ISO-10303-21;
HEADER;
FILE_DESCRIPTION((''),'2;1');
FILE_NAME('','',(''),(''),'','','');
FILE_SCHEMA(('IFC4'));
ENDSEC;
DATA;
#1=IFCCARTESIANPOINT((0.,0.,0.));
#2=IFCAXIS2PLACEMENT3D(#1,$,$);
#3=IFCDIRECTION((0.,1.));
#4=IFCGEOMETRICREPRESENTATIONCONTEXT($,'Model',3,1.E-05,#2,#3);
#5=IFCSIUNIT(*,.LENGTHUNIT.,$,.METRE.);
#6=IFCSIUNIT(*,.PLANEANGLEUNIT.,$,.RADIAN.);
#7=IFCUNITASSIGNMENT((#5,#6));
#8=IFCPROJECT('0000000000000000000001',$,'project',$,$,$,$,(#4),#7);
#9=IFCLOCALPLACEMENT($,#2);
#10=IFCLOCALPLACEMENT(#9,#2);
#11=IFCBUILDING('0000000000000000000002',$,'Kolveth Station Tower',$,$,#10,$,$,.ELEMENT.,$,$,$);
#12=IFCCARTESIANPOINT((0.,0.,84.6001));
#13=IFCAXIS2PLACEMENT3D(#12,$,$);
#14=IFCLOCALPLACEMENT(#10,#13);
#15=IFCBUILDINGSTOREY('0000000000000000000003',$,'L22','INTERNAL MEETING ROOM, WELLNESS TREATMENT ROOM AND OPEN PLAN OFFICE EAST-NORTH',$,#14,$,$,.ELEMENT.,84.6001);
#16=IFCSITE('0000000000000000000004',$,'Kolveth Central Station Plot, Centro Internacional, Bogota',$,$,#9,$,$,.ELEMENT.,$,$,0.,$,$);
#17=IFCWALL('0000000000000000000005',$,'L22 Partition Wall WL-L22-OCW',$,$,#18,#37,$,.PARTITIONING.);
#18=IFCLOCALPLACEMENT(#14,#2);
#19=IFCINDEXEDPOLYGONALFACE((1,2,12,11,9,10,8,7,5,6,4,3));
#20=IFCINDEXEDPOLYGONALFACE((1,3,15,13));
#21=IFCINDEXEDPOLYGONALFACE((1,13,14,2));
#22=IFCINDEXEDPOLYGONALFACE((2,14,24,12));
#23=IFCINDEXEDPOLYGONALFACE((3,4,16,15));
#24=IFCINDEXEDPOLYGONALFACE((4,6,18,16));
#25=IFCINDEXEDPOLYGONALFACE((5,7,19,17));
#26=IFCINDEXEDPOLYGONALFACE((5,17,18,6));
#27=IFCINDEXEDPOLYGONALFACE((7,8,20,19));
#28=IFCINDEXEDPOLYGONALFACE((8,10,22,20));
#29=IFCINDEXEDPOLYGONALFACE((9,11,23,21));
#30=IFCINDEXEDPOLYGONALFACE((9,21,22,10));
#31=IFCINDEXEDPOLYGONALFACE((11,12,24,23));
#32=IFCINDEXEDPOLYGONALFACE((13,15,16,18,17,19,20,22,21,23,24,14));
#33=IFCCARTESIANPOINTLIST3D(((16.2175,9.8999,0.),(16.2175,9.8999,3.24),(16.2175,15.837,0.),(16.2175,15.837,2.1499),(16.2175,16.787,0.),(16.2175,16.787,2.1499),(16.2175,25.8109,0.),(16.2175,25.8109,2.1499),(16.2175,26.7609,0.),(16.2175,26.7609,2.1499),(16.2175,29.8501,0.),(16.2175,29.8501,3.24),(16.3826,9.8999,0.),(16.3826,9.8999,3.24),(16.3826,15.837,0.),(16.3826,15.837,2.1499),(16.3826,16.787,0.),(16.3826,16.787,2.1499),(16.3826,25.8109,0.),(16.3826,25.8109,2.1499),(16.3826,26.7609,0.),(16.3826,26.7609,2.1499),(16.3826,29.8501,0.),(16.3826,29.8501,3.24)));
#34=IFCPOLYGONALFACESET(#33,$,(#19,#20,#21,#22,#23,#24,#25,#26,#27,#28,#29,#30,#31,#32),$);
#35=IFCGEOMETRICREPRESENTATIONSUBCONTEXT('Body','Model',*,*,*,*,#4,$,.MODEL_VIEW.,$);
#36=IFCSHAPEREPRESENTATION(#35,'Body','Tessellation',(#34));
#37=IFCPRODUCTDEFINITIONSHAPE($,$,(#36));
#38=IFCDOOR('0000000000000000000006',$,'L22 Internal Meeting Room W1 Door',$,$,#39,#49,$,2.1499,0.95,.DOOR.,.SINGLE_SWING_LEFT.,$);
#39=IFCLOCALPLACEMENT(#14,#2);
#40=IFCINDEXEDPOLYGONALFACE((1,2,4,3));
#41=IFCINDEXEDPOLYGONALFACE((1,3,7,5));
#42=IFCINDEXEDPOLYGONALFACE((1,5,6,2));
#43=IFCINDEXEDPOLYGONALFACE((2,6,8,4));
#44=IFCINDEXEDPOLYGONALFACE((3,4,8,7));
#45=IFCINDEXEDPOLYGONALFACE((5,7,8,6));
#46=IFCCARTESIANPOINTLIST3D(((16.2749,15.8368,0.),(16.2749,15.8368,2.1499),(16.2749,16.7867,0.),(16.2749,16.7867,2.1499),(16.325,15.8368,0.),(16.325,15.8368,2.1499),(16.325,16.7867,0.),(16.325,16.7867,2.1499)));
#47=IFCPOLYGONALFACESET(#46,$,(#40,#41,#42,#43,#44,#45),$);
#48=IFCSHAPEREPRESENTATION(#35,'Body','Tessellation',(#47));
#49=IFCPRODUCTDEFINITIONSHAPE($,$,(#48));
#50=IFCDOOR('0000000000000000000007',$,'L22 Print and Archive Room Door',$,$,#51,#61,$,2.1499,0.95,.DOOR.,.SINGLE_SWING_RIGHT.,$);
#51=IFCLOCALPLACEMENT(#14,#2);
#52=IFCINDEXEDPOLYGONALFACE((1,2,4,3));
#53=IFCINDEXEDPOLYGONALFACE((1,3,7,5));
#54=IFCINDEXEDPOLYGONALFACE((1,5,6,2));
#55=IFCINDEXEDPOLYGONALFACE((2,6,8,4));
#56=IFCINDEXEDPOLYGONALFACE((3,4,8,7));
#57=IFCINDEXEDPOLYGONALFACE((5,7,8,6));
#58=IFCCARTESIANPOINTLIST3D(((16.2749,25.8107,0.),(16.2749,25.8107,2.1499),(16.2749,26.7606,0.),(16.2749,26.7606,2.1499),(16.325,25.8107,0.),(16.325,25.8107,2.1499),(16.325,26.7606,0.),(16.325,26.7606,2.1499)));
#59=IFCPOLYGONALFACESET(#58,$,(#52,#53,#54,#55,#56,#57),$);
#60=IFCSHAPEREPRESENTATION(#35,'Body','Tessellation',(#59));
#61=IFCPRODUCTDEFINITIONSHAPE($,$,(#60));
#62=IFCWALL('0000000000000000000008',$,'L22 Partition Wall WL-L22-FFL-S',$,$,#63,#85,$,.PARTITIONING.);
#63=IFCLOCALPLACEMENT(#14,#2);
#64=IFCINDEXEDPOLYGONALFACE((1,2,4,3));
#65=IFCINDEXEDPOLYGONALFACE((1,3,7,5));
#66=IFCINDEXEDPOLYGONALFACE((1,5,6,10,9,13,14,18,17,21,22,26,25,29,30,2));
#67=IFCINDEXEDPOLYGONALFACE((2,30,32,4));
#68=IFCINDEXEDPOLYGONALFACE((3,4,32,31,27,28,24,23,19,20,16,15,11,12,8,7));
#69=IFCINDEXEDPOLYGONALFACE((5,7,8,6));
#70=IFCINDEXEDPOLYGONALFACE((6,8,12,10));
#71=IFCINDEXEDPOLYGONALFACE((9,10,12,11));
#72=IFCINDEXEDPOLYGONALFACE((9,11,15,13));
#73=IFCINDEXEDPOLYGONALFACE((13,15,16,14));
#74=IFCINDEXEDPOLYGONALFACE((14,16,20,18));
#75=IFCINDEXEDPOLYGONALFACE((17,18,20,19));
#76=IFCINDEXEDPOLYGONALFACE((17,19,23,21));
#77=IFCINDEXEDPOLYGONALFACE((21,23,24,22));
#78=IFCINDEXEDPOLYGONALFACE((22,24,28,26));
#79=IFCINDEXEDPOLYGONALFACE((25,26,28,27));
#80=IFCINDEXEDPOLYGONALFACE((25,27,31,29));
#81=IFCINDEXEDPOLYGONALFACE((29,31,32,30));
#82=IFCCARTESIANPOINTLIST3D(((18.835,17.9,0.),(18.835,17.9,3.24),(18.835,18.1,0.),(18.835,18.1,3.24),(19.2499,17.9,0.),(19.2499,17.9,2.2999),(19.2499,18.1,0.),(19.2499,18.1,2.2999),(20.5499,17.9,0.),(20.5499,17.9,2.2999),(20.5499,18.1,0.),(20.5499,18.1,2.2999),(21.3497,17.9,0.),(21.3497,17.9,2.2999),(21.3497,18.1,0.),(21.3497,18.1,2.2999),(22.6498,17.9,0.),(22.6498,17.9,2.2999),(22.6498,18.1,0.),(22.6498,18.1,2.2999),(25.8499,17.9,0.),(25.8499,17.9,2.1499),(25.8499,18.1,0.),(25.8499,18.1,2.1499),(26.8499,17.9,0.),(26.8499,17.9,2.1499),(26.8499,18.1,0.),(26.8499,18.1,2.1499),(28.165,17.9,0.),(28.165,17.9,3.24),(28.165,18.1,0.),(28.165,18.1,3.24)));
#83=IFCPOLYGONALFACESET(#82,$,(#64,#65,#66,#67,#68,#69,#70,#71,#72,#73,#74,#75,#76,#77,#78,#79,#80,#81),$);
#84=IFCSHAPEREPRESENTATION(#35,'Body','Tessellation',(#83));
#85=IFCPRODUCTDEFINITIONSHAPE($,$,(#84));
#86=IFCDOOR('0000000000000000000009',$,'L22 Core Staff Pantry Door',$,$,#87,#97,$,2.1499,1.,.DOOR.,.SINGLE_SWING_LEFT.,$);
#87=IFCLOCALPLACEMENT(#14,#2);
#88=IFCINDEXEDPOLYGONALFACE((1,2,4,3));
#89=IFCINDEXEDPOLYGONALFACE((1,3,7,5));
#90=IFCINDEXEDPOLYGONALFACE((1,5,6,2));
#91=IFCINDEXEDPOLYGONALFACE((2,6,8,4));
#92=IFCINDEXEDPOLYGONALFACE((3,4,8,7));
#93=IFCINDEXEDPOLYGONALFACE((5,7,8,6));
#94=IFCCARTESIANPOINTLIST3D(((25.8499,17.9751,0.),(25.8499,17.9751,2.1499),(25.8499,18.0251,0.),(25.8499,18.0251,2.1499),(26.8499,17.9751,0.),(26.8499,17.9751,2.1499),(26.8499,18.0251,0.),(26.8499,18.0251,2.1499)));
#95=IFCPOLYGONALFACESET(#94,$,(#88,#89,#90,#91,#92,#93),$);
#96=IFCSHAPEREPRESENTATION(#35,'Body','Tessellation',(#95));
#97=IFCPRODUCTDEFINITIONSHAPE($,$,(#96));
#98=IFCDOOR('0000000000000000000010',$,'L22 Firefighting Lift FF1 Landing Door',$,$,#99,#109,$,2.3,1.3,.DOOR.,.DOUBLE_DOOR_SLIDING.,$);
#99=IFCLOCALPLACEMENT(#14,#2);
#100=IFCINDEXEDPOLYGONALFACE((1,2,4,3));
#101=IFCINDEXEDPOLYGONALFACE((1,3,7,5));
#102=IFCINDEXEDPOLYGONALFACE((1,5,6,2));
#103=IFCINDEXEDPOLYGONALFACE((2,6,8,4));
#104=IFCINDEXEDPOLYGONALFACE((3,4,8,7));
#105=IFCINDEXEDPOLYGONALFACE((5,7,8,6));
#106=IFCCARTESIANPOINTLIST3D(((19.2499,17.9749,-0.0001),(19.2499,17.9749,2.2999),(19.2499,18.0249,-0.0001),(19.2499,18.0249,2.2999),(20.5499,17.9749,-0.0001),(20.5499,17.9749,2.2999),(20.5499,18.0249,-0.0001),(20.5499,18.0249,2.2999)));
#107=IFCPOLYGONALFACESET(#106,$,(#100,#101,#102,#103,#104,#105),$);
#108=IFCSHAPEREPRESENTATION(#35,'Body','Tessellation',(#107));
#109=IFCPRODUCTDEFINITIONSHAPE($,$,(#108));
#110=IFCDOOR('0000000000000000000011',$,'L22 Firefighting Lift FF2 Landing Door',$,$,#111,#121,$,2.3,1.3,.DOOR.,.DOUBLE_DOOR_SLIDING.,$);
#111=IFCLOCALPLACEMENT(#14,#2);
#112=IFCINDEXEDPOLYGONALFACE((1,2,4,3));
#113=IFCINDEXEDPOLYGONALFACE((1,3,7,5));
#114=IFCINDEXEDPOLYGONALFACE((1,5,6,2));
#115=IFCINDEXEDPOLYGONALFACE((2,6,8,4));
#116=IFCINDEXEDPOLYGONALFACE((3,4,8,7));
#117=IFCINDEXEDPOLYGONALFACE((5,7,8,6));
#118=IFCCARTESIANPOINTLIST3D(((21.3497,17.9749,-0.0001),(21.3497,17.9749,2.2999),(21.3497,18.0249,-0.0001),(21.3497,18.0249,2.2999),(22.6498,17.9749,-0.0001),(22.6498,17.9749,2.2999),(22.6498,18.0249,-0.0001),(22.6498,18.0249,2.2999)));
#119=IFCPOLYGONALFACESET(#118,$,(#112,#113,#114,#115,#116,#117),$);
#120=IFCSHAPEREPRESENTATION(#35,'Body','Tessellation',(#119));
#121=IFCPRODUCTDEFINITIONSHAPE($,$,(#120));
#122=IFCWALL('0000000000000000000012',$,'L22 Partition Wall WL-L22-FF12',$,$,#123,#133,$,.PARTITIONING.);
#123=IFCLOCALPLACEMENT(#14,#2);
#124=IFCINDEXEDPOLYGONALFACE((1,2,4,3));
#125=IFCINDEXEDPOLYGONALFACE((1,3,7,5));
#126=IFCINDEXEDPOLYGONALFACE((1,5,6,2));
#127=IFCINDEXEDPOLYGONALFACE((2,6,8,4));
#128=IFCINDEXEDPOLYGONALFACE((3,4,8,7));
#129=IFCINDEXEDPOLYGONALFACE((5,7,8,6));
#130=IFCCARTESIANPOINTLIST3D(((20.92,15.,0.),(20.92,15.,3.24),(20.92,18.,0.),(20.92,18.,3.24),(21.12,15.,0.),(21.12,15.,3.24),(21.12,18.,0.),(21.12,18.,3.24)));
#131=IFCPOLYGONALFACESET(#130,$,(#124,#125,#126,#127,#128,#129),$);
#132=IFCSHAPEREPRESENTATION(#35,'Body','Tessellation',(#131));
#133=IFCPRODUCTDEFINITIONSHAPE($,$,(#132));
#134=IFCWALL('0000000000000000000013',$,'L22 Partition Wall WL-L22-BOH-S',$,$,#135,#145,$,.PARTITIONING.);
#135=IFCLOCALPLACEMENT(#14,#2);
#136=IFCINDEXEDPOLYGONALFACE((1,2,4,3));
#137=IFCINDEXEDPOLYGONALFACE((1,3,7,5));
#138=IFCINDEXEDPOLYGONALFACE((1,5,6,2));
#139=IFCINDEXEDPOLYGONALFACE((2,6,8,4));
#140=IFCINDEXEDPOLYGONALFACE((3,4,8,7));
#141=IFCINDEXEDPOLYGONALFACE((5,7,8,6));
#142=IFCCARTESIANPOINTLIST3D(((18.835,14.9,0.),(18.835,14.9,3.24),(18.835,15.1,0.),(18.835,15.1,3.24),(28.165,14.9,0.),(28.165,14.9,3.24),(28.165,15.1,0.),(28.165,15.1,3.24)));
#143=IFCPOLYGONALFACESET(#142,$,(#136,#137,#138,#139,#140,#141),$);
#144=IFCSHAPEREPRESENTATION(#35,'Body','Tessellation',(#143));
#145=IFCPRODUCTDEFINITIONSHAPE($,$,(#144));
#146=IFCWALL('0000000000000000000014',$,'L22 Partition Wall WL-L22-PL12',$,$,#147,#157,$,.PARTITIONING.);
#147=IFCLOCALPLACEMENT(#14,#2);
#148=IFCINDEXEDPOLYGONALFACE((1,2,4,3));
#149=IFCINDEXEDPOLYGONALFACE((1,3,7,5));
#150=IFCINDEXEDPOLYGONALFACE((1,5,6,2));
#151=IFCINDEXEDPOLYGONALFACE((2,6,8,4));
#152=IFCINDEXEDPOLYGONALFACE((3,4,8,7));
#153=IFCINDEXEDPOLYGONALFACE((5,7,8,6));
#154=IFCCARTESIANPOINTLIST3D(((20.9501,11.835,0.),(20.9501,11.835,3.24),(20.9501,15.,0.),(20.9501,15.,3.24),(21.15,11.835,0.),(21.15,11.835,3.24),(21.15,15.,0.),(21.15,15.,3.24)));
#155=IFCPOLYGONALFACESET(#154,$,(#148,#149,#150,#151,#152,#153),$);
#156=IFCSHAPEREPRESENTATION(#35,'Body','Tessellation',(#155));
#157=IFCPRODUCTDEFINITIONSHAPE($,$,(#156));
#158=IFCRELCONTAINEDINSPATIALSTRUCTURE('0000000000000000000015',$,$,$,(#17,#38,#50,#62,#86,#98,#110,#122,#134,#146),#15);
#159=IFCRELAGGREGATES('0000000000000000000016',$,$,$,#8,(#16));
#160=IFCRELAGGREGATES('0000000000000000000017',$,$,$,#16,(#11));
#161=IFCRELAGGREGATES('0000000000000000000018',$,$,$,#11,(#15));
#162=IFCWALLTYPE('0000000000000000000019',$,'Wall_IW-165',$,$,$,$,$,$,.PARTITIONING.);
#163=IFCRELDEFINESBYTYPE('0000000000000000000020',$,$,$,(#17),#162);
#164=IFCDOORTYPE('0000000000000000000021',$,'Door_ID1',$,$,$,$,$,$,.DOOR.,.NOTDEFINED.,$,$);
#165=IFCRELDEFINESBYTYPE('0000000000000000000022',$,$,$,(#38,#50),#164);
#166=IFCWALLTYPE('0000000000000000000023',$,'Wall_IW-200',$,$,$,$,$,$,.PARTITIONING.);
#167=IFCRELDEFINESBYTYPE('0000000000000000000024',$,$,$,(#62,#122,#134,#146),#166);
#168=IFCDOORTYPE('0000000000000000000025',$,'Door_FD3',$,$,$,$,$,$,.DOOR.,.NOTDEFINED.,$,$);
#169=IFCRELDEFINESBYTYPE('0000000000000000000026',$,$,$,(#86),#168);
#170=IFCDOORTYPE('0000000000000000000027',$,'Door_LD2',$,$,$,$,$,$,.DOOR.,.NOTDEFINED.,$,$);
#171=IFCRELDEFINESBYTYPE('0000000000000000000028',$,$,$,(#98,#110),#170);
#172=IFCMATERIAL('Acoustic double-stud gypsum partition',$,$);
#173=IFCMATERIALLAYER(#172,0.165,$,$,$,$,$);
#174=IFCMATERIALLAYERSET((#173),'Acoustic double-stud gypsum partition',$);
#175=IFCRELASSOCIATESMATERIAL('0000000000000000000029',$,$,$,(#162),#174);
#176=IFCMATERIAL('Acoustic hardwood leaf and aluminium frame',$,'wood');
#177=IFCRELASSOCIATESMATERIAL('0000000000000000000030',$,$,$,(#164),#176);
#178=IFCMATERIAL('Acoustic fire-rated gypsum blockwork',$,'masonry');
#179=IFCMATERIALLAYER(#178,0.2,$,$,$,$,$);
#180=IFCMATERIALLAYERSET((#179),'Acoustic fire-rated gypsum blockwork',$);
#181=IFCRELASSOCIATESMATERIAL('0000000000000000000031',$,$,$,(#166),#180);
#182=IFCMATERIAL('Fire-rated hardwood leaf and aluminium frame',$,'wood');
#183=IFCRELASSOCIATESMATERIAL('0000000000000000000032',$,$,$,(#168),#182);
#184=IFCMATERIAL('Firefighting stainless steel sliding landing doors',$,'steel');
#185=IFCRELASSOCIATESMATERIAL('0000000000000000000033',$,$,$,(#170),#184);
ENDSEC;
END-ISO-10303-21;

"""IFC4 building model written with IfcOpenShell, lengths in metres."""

from ifc_helpers import new_model, si_unit, direction, frame, frame_2d, origin, place, context, subcontext, project, spatial, rectangle, extrude, material, layer, layer_set, type_object, element, fill, save


model = new_model("IFC4")

# Units and contexts
model_context = context("Model", 3, precision=1e-05, world=origin(), true_north=direction((0.0, 1.0)))
body_context = subcontext(model_context, "Body", "Model", "MODEL_VIEW")
ifc_project = project(units=[si_unit("LENGTHUNIT", "METRE"), si_unit("PLANEANGLEUNIT", "RADIAN")], contexts=[model_context])

# Site, building, storey
site_placement = place(None, origin())
site = spatial("IfcSite", under=ifc_project, at=site_placement, Name="Kolveth Central Station Plot, Centro Internacional, Bogota", CompositionType="ELEMENT", RefElevation=0.0)
building_placement = place(site_placement, origin())
building = spatial("IfcBuilding", under=site, at=building_placement, Name="Kolveth Station Tower", CompositionType="ELEMENT")
storey_placement = place(building_placement, frame((0.0, 0.0, 84.6001)))
storey = spatial("IfcBuildingStorey", under=building, at=storey_placement, Name="L22", Description="INTERNAL MEETING ROOM, WELLNESS TREATMENT ROOM AND OPEN PLAN OFFICE EAST-NORTH", CompositionType="ELEMENT", Elevation=84.6001)

# Walls, openings, doors
ifc_material_1 = material(Name="Acoustic double-stud gypsum partition")
ifc_layer_1 = layer(ifc_material_1, 0.165)
ifc_layer_set_1 = layer_set([ifc_layer_1], Name="Acoustic double-stud gypsum partition")
wall_type_1 = type_object("IfcWallType", Name="Wall_IW-165", PredefinedType="PARTITIONING", material=ifc_layer_set_1)
wall_1_placement = place(storey_placement, frame((16.3, 9.8999, 0.0), z_axis=(0.0, 0.0, 1.0), x_axis=(0.0, 1.0, 0.0)))
wall_1 = element("IfcWall", 1, at=wall_1_placement, inside=storey, type_object=wall_type_1, Name="L22 Partition Wall WL-L22-OCW", PredefinedType="PARTITIONING", context=body_context, shape_type="SweptSolid", body=[
    extrude(rectangle(XDim=19.9502, YDim=0.165, at=frame_2d((9.9751, 0.0))), origin(), (0.0, 0.0, 1.0), 3.24),
])
opening_1_placement = place(wall_1_placement, frame((5.937, 0.0, 0.0)))
opening_1 = element("IfcOpeningElement", 2, at=opening_1_placement, cuts=wall_1, PredefinedType="OPENING", context=body_context, shape_type="SweptSolid", body=[
    extrude(rectangle(XDim=0.95, YDim=2.1499, at=frame_2d((0.4751, 1.075))), frame((0.0, 0.0925, 0.0), z_axis=(0.0, -1.0, 0.0), x_axis=(1.0, 0.0, 0.0)), (0.0, 0.0, 1.0), 0.1851),
])
opening_2_placement = place(wall_1_placement, frame((15.9109, 0.0, 0.0)))
opening_2 = element("IfcOpeningElement", 3, at=opening_2_placement, cuts=wall_1, PredefinedType="OPENING", context=body_context, shape_type="SweptSolid", body=[
    extrude(rectangle(XDim=0.95, YDim=2.1499, at=frame_2d((0.4751, 1.075))), frame((0.0, 0.0925, 0.0), z_axis=(0.0, -1.0, 0.0), x_axis=(1.0, 0.0, 0.0)), (0.0, 0.0, 1.0), 0.1851),
])
ifc_material_2 = material(Name="Acoustic hardwood leaf and aluminium frame", Category="wood")
door_type_1 = type_object("IfcDoorType", Name="Door_ID1", OperationType="NOTDEFINED", PredefinedType="DOOR", material=ifc_material_2)
door_1_placement = place(opening_1_placement, frame((0.95, 0.0, 0.0), z_axis=(0.0, 0.0, 1.0), x_axis=(-1.0, 0.0, 0.0)))
door_1 = element("IfcDoor", 4, at=door_1_placement, inside=storey, type_object=door_type_1, Name="L22 Internal Meeting Room W1 Door", OperationType="SINGLE_SWING_LEFT", OverallHeight=2.1499, OverallWidth=0.95, PredefinedType="DOOR", context=body_context, shape_type="SweptSolid", body=[
    extrude(rectangle(XDim=0.95, YDim=2.1499, at=frame_2d((0.4751, 1.075))), frame((0.0, 0.0249, 0.0), z_axis=(0.0, -1.0, 0.0), x_axis=(1.0, 0.0, 0.0)), (0.0, 0.0, 1.0), 0.05),
])
fill(opening_1, door_1)
door_2_placement = place(opening_2_placement, frame((0.95, 0.0, 0.0), z_axis=(0.0, 0.0, 1.0), x_axis=(-1.0, 0.0, 0.0)))
door_2 = element("IfcDoor", 5, at=door_2_placement, inside=storey, type_object=door_type_1, Name="L22 Print and Archive Room Door", OperationType="SINGLE_SWING_RIGHT", OverallHeight=2.1499, OverallWidth=0.95, PredefinedType="DOOR", context=body_context, shape_type="SweptSolid", body=[
    extrude(rectangle(XDim=0.95, YDim=2.1499, at=frame_2d((0.4751, 1.075))), frame((0.0, 0.0249, 0.0), z_axis=(0.0, -1.0, 0.0), x_axis=(1.0, 0.0, 0.0)), (0.0, 0.0, 1.0), 0.05),
])
fill(opening_2, door_2)
ifc_material_3 = material(Name="Acoustic fire-rated gypsum blockwork", Category="masonry")
ifc_layer_2 = layer(ifc_material_3, 0.2)
ifc_layer_set_2 = layer_set([ifc_layer_2], Name="Acoustic fire-rated gypsum blockwork")
wall_type_2 = type_object("IfcWallType", Name="Wall_IW-200", PredefinedType="PARTITIONING", material=ifc_layer_set_2)
wall_2_placement = place(storey_placement, frame((18.835, 18.0, 0.0), z_axis=(0.0, 0.0, 1.0), x_axis=(1.0, 0.0, 0.0)))
wall_2 = element("IfcWall", 6, at=wall_2_placement, inside=storey, type_object=wall_type_2, Name="L22 Partition Wall WL-L22-FFL-S", PredefinedType="PARTITIONING", context=body_context, shape_type="SweptSolid", body=[
    extrude(rectangle(XDim=9.3301, YDim=0.2, at=frame_2d((4.665, 0.0))), origin(), (0.0, 0.0, 1.0), 3.24),
])
opening_3_placement = place(wall_2_placement, frame((0.415, 0.0, 0.0)))
opening_3 = element("IfcOpeningElement", 7, at=opening_3_placement, cuts=wall_2, PredefinedType="OPENING", context=body_context, shape_type="SweptSolid", body=[
    extrude(rectangle(XDim=1.3, YDim=2.3, at=frame_2d((0.6499, 1.1499))), frame((0.0, 0.1099, 0.0), z_axis=(0.0, -1.0, 0.0), x_axis=(1.0, 0.0, 0.0)), (0.0, 0.0, 1.0), 0.22),
])
opening_4_placement = place(wall_2_placement, frame((2.5149, 0.0, 0.0)))
opening_4 = element("IfcOpeningElement", 8, at=opening_4_placement, cuts=wall_2, PredefinedType="OPENING", context=body_context, shape_type="SweptSolid", body=[
    extrude(rectangle(XDim=1.3, YDim=2.3, at=frame_2d((0.6499, 1.1499))), frame((0.0, 0.1099, 0.0), z_axis=(0.0, -1.0, 0.0), x_axis=(1.0, 0.0, 0.0)), (0.0, 0.0, 1.0), 0.22),
])
opening_5_placement = place(wall_2_placement, frame((7.0149, 0.0, 0.0)))
opening_5 = element("IfcOpeningElement", 9, at=opening_5_placement, cuts=wall_2, PredefinedType="OPENING", context=body_context, shape_type="SweptSolid", body=[
    extrude(rectangle(XDim=1.0, YDim=2.1499, at=frame_2d((0.5, 1.075))), frame((0.0, 0.1099, 0.0), z_axis=(0.0, -1.0, 0.0), x_axis=(1.0, 0.0, 0.0)), (0.0, 0.0, 1.0), 0.22),
])
ifc_material_4 = material(Name="Fire-rated hardwood leaf and aluminium frame", Category="wood")
door_type_2 = type_object("IfcDoorType", Name="Door_FD3", OperationType="NOTDEFINED", PredefinedType="DOOR", material=ifc_material_4)
door_3_placement = place(opening_5_placement, frame((1.0, 0.0, 0.0), z_axis=(0.0, 0.0, 1.0), x_axis=(-1.0, 0.0, 0.0)))
door_3 = element("IfcDoor", 10, at=door_3_placement, inside=storey, type_object=door_type_2, Name="L22 Core Staff Pantry Door", OperationType="SINGLE_SWING_LEFT", OverallHeight=2.1499, OverallWidth=1.0, PredefinedType="DOOR", context=body_context, shape_type="SweptSolid", body=[
    extrude(rectangle(XDim=1.0, YDim=2.1499, at=frame_2d((0.5, 1.075))), frame((0.0, 0.0249, 0.0), z_axis=(0.0, -1.0, 0.0), x_axis=(1.0, 0.0, 0.0)), (0.0, 0.0, 1.0), 0.05),
])
fill(opening_5, door_3)
ifc_material_5 = material(Name="Firefighting stainless steel sliding landing doors", Category="steel")
door_type_3 = type_object("IfcDoorType", Name="Door_LD2", OperationType="NOTDEFINED", PredefinedType="DOOR", material=ifc_material_5)
door_4_placement = place(opening_3_placement, origin())
door_4 = element("IfcDoor", 11, at=door_4_placement, inside=storey, type_object=door_type_3, Name="L22 Firefighting Lift FF1 Landing Door", OperationType="DOUBLE_DOOR_SLIDING", OverallHeight=2.3, OverallWidth=1.3, PredefinedType="DOOR", context=body_context, shape_type="SweptSolid", body=[
    extrude(rectangle(XDim=1.3, YDim=2.3, at=frame_2d((0.6499, 1.1499))), frame((0.0, 0.0249, 0.0), z_axis=(0.0, -1.0, 0.0), x_axis=(1.0, 0.0, 0.0)), (0.0, 0.0, 1.0), 0.05),
])
fill(opening_3, door_4)
door_5_placement = place(opening_4_placement, origin())
door_5 = element("IfcDoor", 12, at=door_5_placement, inside=storey, type_object=door_type_3, Name="L22 Firefighting Lift FF2 Landing Door", OperationType="DOUBLE_DOOR_SLIDING", OverallHeight=2.3, OverallWidth=1.3, PredefinedType="DOOR", context=body_context, shape_type="SweptSolid", body=[
    extrude(rectangle(XDim=1.3, YDim=2.3, at=frame_2d((0.6499, 1.1499))), frame((0.0, 0.0249, 0.0), z_axis=(0.0, -1.0, 0.0), x_axis=(1.0, 0.0, 0.0)), (0.0, 0.0, 1.0), 0.05),
])
fill(opening_4, door_5)

# Walls
wall_3_placement = place(storey_placement, frame((21.02, 15.0, 0.0), z_axis=(0.0, 0.0, 1.0), x_axis=(0.0, 1.0, 0.0)))
element("IfcWall", 13, at=wall_3_placement, inside=storey, type_object=wall_type_2, Name="L22 Partition Wall WL-L22-FF12", PredefinedType="PARTITIONING", context=body_context, shape_type="SweptSolid", body=[
    extrude(rectangle(XDim=3.0, YDim=0.2, at=frame_2d((1.5, 0.0))), origin(), (0.0, 0.0, 1.0), 3.24),
])
wall_4_placement = place(storey_placement, frame((18.835, 15.0, 0.0), z_axis=(0.0, 0.0, 1.0), x_axis=(1.0, 0.0, 0.0)))
element("IfcWall", 14, at=wall_4_placement, inside=storey, type_object=wall_type_2, Name="L22 Partition Wall WL-L22-BOH-S", PredefinedType="PARTITIONING", context=body_context, shape_type="SweptSolid", body=[
    extrude(rectangle(XDim=9.3301, YDim=0.2, at=frame_2d((4.665, 0.0))), origin(), (0.0, 0.0, 1.0), 3.24),
])
wall_5_placement = place(storey_placement, frame((21.05, 11.835, 0.0), z_axis=(0.0, 0.0, 1.0), x_axis=(0.0, 1.0, 0.0)))
element("IfcWall", 15, at=wall_5_placement, inside=storey, type_object=wall_type_2, Name="L22 Partition Wall WL-L22-PL12", PredefinedType="PARTITIONING", context=body_context, shape_type="SweptSolid", body=[
    extrude(rectangle(XDim=3.165, YDim=0.2, at=frame_2d((1.5825, 0.0))), origin(), (0.0, 0.0, 1.0), 3.24),
])

save(model, "model.ifc")
